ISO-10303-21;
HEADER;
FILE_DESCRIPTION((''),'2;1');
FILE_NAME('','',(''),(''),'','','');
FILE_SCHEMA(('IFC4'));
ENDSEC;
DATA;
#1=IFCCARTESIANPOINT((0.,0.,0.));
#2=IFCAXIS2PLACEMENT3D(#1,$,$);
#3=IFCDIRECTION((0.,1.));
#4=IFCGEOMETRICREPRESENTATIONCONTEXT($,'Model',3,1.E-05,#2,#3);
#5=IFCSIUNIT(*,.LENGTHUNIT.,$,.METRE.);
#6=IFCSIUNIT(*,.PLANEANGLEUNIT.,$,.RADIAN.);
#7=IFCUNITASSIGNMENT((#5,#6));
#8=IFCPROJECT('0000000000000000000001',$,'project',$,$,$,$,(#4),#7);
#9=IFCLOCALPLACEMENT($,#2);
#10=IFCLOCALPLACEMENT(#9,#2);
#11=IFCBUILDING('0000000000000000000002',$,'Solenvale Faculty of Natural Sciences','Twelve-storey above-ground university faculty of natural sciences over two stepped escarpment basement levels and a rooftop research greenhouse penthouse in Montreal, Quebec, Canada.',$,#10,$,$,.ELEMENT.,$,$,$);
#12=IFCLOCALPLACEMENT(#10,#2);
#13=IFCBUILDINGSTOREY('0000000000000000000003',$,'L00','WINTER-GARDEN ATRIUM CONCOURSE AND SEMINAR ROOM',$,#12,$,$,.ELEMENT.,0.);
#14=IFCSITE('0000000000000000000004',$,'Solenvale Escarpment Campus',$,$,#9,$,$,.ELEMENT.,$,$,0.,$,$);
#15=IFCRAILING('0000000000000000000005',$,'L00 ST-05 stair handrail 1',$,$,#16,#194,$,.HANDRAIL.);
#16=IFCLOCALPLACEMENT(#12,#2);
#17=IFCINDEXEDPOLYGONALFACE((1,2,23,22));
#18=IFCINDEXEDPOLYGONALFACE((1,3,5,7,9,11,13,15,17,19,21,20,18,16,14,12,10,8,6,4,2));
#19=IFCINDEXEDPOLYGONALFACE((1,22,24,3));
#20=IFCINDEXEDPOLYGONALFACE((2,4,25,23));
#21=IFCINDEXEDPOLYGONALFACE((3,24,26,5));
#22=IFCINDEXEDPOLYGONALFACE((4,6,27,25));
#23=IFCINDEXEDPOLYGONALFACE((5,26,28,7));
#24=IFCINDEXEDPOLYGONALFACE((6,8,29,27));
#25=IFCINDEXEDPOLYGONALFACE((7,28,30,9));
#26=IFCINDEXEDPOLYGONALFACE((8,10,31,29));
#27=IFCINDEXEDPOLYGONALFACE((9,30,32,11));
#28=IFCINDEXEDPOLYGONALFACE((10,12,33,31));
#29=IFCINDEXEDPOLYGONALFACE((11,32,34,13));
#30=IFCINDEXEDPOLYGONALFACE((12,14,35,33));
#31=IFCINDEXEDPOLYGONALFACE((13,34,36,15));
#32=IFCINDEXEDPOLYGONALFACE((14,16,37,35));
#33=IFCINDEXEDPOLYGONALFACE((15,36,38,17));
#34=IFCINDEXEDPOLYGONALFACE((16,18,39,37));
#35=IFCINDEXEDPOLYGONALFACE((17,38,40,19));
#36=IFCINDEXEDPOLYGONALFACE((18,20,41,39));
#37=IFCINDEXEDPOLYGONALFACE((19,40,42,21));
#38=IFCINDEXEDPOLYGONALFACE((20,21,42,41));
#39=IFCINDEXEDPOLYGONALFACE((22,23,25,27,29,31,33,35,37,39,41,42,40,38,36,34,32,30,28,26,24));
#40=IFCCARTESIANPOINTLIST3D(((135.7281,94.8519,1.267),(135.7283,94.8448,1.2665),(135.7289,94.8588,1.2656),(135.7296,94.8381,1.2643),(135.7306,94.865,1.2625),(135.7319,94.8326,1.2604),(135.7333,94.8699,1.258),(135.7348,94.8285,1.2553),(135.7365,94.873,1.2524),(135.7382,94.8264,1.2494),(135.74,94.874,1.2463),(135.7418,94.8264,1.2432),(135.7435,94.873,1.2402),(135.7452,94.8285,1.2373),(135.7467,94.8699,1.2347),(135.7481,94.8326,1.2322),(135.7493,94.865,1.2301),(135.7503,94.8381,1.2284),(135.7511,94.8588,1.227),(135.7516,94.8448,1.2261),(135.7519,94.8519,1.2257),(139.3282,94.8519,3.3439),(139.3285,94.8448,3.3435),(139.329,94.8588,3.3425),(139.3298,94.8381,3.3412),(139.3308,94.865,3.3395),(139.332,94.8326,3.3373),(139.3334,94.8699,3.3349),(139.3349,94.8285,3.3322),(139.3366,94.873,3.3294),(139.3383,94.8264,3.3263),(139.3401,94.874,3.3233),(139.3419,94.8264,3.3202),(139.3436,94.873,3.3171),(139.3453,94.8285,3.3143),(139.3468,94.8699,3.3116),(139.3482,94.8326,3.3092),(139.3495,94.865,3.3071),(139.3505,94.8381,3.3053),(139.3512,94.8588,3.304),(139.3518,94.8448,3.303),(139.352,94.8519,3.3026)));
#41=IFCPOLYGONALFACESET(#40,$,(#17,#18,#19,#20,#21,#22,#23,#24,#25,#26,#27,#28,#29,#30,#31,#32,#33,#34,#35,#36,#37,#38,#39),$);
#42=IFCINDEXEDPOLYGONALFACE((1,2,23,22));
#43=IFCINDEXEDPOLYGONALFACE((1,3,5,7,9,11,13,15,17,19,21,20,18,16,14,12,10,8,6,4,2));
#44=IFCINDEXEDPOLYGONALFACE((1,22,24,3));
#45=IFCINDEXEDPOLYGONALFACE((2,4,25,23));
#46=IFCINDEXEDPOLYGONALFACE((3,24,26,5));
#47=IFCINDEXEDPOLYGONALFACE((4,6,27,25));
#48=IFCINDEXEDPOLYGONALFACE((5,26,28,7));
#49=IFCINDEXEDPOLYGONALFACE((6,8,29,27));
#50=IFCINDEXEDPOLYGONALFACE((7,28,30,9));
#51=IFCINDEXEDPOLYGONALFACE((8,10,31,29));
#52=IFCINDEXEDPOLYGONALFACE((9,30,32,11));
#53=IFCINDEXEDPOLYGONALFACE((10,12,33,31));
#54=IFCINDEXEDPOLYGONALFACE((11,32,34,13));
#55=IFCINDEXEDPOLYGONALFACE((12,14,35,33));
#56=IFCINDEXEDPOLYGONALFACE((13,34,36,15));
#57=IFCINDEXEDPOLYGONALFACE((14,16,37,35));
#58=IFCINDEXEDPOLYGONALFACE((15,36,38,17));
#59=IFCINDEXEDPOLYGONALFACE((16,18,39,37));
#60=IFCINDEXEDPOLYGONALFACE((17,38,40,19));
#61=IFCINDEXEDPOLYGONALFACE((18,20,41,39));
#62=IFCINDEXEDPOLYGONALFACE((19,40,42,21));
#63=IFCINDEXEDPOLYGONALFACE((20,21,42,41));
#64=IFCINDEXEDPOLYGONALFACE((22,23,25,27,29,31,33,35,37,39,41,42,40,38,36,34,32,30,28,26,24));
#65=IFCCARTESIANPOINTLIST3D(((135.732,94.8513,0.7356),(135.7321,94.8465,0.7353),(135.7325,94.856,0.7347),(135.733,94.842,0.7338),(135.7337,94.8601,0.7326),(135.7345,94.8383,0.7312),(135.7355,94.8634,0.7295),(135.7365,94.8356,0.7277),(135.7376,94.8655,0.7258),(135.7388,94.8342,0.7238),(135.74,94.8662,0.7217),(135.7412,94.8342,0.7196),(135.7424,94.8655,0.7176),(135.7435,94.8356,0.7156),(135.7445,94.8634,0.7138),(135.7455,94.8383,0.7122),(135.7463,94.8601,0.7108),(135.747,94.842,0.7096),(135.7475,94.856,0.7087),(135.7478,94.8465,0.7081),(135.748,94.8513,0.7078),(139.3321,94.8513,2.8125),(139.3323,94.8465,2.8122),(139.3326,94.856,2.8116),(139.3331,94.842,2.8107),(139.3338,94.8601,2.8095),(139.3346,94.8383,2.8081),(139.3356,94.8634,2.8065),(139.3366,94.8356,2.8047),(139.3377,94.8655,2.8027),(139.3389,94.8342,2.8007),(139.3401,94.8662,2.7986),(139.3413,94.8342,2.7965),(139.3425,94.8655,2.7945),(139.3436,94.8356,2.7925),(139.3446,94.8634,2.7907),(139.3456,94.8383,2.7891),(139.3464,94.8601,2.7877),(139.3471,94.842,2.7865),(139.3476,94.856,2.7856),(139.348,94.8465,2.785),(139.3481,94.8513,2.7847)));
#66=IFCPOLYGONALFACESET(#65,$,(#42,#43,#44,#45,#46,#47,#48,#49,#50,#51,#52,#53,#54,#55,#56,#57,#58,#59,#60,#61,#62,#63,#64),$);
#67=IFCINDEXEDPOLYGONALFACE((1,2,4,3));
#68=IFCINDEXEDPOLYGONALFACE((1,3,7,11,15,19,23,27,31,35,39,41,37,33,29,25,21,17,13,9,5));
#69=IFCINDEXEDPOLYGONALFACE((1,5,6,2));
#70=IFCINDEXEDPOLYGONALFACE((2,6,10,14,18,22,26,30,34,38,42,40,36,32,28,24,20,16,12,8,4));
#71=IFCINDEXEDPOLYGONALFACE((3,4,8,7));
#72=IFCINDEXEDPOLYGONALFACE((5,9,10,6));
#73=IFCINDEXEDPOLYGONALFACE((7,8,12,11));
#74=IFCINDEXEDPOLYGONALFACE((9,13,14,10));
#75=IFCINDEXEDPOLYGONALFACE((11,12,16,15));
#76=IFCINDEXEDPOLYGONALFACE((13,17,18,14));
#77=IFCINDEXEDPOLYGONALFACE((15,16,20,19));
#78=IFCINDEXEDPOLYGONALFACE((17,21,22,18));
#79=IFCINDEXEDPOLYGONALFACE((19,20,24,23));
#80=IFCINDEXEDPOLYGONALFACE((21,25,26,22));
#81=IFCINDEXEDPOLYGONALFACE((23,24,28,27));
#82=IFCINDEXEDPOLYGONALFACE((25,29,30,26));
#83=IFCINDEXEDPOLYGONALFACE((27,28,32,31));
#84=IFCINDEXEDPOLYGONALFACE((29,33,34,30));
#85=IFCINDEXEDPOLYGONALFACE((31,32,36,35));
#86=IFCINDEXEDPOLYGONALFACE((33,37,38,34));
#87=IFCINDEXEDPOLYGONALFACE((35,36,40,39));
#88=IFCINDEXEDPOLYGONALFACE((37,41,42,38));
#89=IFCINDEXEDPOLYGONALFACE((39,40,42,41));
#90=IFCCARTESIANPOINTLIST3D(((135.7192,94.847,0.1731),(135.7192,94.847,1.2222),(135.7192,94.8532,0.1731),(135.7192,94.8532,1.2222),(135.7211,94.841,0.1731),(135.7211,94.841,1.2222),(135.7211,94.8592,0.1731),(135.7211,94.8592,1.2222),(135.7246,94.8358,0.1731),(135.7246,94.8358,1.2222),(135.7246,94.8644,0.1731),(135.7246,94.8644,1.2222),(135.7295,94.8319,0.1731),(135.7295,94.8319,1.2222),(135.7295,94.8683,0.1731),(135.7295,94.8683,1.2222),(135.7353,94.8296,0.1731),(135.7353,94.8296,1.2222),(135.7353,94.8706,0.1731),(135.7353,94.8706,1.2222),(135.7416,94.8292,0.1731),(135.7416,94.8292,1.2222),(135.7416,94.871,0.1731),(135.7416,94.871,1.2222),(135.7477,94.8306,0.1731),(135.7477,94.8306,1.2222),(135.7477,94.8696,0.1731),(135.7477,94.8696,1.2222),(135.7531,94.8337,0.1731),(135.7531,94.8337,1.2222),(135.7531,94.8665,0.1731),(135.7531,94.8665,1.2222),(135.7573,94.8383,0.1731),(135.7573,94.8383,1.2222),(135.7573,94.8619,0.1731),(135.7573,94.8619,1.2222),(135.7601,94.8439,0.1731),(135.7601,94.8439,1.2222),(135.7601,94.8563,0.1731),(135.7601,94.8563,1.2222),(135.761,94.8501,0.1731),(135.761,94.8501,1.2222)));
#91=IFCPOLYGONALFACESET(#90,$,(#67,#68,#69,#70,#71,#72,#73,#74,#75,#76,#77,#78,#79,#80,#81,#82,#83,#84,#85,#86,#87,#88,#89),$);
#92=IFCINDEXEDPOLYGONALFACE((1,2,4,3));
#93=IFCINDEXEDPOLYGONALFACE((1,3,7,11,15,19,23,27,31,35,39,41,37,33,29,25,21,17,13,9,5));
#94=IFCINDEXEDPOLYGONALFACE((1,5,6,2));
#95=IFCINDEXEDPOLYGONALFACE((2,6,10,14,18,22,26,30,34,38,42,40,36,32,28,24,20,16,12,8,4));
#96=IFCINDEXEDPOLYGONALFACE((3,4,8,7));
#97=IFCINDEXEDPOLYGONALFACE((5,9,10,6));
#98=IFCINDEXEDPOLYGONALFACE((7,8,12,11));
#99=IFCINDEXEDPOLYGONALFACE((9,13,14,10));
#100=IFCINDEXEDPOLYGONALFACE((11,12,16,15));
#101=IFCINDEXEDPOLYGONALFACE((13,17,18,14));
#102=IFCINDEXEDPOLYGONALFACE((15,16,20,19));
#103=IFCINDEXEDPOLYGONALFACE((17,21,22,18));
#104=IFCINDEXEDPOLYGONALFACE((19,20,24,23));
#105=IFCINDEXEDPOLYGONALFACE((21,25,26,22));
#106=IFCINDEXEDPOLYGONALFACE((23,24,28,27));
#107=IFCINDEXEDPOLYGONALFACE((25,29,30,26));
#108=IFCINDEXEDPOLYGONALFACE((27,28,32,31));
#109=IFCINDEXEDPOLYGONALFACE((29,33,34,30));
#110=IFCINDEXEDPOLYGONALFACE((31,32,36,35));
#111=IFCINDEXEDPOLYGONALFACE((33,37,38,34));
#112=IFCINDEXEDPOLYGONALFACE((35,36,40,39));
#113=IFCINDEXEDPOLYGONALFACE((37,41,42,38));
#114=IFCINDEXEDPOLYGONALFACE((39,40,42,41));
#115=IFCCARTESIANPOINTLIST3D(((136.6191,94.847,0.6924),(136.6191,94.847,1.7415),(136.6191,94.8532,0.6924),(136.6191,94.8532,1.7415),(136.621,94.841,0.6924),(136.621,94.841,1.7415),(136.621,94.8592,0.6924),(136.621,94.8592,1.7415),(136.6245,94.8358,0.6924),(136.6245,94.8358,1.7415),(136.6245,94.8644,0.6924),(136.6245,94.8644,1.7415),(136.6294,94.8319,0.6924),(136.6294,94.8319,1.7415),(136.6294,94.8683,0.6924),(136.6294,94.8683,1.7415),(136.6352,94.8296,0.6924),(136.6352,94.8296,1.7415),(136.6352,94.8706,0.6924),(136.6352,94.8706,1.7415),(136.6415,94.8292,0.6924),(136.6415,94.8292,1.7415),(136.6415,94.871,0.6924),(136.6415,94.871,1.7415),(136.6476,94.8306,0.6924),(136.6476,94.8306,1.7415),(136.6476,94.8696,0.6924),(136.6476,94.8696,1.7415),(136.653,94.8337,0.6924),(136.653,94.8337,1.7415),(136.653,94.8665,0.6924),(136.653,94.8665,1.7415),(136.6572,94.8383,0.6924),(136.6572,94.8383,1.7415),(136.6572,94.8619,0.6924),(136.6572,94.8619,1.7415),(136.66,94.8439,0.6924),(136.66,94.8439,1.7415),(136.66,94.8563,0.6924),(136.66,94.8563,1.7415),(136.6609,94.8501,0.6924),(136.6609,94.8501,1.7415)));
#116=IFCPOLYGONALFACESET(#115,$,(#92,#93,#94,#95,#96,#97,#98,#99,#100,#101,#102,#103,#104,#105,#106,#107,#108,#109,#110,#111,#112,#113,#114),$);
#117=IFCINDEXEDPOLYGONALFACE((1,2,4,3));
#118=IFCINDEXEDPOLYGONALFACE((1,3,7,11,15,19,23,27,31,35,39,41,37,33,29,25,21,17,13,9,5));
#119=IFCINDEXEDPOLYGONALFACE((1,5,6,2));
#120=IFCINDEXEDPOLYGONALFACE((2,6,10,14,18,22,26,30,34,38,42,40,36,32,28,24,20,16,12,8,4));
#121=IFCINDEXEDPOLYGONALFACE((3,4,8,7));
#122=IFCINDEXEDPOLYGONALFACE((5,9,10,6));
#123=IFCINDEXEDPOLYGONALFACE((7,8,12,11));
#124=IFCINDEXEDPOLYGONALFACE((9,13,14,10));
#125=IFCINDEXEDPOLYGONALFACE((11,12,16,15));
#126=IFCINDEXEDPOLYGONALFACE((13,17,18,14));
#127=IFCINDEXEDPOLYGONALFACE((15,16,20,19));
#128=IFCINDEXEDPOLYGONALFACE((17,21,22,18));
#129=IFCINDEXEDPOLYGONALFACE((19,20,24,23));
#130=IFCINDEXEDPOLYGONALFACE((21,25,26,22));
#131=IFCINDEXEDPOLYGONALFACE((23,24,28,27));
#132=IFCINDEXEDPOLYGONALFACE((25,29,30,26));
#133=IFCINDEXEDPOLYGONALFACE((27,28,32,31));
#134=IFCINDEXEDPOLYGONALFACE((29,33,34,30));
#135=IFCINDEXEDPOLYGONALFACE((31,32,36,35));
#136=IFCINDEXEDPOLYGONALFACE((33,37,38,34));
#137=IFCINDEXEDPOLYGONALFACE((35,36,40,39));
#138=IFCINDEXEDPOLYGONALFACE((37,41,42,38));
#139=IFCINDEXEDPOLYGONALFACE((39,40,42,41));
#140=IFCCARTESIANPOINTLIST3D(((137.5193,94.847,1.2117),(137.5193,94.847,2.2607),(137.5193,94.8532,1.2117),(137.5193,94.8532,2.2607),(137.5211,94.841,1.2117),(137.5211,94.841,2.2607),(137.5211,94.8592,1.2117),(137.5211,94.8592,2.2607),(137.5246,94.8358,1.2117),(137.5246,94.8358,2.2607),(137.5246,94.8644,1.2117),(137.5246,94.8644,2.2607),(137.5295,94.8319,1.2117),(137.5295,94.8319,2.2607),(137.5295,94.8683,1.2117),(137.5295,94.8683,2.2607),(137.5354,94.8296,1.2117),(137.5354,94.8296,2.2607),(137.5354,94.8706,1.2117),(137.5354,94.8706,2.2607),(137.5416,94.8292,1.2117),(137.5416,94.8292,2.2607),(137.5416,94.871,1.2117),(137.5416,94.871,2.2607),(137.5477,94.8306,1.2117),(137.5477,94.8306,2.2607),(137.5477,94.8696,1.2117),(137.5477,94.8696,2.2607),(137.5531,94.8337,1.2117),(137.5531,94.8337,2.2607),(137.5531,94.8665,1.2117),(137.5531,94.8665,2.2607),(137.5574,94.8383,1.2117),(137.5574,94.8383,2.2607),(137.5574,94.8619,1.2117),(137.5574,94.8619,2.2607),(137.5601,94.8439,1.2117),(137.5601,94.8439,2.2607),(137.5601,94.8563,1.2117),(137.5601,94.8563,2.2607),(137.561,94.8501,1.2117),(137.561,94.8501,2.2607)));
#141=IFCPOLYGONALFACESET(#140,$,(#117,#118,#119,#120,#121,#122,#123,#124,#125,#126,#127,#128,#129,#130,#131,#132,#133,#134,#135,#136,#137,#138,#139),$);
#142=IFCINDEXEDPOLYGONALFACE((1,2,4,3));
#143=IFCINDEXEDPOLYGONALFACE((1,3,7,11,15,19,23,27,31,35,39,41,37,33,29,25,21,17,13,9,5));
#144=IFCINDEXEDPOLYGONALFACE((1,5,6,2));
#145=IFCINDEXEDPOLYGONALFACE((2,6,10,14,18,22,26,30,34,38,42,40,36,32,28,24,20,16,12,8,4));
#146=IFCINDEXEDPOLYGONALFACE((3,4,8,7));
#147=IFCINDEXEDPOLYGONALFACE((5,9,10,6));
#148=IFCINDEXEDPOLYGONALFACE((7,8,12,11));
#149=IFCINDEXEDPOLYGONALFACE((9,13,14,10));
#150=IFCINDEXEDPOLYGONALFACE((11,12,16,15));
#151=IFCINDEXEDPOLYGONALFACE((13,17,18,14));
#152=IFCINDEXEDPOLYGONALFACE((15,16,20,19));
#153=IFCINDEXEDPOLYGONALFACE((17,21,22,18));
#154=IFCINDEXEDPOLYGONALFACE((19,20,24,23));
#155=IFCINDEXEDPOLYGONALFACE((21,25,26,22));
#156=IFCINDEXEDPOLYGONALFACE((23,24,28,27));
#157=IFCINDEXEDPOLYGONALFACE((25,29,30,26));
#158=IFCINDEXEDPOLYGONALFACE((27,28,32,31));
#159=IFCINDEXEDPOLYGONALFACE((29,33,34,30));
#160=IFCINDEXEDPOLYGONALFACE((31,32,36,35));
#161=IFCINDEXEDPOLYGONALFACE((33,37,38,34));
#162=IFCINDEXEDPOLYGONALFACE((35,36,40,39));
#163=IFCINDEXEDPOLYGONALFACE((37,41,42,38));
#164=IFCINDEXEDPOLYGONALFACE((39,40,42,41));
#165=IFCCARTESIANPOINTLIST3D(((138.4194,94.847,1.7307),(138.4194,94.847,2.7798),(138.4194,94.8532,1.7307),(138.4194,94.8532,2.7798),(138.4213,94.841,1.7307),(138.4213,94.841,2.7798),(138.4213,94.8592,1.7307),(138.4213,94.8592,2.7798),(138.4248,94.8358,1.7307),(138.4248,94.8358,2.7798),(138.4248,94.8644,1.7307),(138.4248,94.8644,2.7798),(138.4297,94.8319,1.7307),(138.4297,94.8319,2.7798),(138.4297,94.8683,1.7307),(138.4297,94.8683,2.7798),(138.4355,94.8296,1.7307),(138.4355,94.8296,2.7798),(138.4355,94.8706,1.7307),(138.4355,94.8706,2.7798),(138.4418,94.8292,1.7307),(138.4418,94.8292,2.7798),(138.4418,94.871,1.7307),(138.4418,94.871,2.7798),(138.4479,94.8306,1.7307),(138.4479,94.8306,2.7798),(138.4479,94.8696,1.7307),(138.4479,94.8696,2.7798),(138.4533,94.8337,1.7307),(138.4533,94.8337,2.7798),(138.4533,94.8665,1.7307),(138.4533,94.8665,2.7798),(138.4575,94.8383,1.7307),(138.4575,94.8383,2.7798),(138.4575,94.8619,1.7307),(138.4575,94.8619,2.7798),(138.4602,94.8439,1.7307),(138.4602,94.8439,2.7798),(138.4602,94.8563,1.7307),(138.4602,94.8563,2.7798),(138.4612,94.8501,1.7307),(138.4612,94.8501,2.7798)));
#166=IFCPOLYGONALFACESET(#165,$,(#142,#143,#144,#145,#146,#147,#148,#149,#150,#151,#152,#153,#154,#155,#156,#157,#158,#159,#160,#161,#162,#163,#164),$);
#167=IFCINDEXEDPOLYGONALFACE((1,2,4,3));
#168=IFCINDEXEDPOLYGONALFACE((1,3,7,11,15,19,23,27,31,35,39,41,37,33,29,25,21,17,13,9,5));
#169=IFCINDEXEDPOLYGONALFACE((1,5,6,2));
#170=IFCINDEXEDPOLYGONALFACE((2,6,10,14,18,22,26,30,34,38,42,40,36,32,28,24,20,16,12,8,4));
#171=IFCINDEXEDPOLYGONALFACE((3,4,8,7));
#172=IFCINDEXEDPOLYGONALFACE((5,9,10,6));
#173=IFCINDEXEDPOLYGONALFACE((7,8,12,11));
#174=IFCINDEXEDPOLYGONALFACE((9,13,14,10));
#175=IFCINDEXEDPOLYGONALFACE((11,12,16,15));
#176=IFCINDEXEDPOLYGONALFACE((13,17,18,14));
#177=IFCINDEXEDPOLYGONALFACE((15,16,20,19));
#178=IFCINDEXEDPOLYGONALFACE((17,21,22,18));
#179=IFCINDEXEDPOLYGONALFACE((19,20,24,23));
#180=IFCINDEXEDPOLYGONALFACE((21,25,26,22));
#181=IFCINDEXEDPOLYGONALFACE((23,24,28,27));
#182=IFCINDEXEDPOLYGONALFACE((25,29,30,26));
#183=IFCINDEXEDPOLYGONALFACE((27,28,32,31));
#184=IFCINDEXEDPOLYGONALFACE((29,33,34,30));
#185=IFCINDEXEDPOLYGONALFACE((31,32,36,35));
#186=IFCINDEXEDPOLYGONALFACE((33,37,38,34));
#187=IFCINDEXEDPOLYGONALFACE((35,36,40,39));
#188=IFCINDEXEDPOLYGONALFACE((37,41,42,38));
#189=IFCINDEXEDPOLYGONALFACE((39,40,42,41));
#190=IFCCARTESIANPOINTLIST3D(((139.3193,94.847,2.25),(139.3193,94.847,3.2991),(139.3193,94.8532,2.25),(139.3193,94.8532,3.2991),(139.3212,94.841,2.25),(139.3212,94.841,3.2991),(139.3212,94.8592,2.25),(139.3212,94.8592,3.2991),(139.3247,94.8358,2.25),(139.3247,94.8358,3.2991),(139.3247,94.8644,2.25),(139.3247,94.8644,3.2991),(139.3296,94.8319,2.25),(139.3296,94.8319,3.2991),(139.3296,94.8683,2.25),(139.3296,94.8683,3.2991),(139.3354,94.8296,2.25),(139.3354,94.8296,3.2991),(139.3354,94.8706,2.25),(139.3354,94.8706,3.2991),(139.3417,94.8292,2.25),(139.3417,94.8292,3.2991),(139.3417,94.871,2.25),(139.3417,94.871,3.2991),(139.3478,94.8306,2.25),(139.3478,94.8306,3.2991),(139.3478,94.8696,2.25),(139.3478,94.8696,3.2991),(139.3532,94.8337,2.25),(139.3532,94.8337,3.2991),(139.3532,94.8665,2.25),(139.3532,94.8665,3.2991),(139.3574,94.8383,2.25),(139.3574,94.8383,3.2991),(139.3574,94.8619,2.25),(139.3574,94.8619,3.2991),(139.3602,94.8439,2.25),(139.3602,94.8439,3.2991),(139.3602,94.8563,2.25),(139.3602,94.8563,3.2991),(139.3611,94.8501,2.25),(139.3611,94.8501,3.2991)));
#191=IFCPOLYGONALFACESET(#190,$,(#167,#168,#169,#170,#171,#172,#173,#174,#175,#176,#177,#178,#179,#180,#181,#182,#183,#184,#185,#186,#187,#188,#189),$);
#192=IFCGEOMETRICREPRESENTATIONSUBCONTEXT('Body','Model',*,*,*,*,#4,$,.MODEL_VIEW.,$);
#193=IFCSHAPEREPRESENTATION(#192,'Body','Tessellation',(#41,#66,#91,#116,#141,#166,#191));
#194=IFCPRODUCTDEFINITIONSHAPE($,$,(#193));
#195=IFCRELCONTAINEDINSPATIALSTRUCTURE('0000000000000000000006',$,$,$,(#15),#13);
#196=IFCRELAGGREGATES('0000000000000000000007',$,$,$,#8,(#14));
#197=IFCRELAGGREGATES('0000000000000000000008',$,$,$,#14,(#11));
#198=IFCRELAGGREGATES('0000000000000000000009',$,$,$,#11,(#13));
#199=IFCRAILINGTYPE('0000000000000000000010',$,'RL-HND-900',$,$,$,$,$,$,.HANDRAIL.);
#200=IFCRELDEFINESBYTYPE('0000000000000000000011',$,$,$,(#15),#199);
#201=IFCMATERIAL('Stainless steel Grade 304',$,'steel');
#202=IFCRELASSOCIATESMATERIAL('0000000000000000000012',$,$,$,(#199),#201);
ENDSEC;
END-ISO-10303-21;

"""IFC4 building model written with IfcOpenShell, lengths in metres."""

from ifc_helpers import new_model, si_unit, direction, frame, origin, origin_2d, place, context, subcontext, project, spatial, circle, extrude, material, type_object, element, save


model = new_model("IFC4")

# Units and contexts
model_context = context("Model", 3, precision=1e-05, world=origin(), true_north=direction((0.0, 1.0)))
body_context = subcontext(model_context, "Body", "Model", "MODEL_VIEW")
ifc_project = project(units=[si_unit("LENGTHUNIT", "METRE"), si_unit("PLANEANGLEUNIT", "RADIAN")], contexts=[model_context])

# Site, building, storey
site_placement = place(None, origin())
site = spatial("IfcSite", under=ifc_project, at=site_placement, Name="Solenvale Escarpment Campus", CompositionType="ELEMENT", RefElevation=0.0)
building_placement = place(site_placement, origin())
building = spatial("IfcBuilding", under=site, at=building_placement, Name="Solenvale Faculty of Natural Sciences", Description="Twelve-storey above-ground university faculty of natural sciences over two stepped escarpment basement levels and a rooftop research greenhouse penthouse in Montreal, Quebec, Canada.", CompositionType="ELEMENT")
storey_placement = place(building_placement, origin())
storey = spatial("IfcBuildingStorey", under=building, at=storey_placement, Name="L00", Description="WINTER-GARDEN ATRIUM CONCOURSE AND SEMINAR ROOM", CompositionType="ELEMENT", Elevation=0.0)

# Shared definitions
ifc_material_1 = material(Name="Stainless steel Grade 304", Category="steel")

# Railing
railing_type_1 = type_object("IfcRailingType", Name="RL-HND-900", PredefinedType="HANDRAIL", material=ifc_material_1)
railing_1_placement = place(storey_placement, frame((135.74, 94.8501, 0.1731)))
element("IfcRailing", 1, at=railing_1_placement, inside=storey, type_object=railing_type_1, Name="L00 ST-05 stair handrail 1", PredefinedType="HANDRAIL", context=body_context, shape_type="SweptSolid", body=[
    extrude(circle(Radius=0.0239, at=origin_2d()), frame((0.0, 0.0, 1.0732), z_axis=(0.866193, 0.0, 0.499709), x_axis=(0.0, 1.0, 0.0)), (0.0, 0.0, 1.0), 4.1562),
    extrude(circle(Radius=0.0161, at=origin_2d()), frame((0.0, 0.0, 0.5486), z_axis=(0.866193, 0.0, 0.499709), x_axis=(0.0, 1.0, 0.0)), (0.0, 0.0, 1.0), 4.1562),
    extrude(circle(Radius=0.021, at=origin_2d()), origin(), (0.0, 0.0, 1.0), 1.0491),
    extrude(circle(Radius=0.021, at=origin_2d()), frame((0.8999, 0.0, 0.5193)), (0.0, 0.0, 1.0), 1.0491),
    extrude(circle(Radius=0.021, at=origin_2d()), frame((1.8, 0.0, 1.0386)), (0.0, 0.0, 1.0), 1.0491),
    extrude(circle(Radius=0.021, at=origin_2d()), frame((2.7002, 0.0, 1.5576)), (0.0, 0.0, 1.0), 1.0491),
    extrude(circle(Radius=0.021, at=origin_2d()), frame((3.6001, 0.0, 2.0769)), (0.0, 0.0, 1.0), 1.0491),
])

save(model, "model.ifc")
